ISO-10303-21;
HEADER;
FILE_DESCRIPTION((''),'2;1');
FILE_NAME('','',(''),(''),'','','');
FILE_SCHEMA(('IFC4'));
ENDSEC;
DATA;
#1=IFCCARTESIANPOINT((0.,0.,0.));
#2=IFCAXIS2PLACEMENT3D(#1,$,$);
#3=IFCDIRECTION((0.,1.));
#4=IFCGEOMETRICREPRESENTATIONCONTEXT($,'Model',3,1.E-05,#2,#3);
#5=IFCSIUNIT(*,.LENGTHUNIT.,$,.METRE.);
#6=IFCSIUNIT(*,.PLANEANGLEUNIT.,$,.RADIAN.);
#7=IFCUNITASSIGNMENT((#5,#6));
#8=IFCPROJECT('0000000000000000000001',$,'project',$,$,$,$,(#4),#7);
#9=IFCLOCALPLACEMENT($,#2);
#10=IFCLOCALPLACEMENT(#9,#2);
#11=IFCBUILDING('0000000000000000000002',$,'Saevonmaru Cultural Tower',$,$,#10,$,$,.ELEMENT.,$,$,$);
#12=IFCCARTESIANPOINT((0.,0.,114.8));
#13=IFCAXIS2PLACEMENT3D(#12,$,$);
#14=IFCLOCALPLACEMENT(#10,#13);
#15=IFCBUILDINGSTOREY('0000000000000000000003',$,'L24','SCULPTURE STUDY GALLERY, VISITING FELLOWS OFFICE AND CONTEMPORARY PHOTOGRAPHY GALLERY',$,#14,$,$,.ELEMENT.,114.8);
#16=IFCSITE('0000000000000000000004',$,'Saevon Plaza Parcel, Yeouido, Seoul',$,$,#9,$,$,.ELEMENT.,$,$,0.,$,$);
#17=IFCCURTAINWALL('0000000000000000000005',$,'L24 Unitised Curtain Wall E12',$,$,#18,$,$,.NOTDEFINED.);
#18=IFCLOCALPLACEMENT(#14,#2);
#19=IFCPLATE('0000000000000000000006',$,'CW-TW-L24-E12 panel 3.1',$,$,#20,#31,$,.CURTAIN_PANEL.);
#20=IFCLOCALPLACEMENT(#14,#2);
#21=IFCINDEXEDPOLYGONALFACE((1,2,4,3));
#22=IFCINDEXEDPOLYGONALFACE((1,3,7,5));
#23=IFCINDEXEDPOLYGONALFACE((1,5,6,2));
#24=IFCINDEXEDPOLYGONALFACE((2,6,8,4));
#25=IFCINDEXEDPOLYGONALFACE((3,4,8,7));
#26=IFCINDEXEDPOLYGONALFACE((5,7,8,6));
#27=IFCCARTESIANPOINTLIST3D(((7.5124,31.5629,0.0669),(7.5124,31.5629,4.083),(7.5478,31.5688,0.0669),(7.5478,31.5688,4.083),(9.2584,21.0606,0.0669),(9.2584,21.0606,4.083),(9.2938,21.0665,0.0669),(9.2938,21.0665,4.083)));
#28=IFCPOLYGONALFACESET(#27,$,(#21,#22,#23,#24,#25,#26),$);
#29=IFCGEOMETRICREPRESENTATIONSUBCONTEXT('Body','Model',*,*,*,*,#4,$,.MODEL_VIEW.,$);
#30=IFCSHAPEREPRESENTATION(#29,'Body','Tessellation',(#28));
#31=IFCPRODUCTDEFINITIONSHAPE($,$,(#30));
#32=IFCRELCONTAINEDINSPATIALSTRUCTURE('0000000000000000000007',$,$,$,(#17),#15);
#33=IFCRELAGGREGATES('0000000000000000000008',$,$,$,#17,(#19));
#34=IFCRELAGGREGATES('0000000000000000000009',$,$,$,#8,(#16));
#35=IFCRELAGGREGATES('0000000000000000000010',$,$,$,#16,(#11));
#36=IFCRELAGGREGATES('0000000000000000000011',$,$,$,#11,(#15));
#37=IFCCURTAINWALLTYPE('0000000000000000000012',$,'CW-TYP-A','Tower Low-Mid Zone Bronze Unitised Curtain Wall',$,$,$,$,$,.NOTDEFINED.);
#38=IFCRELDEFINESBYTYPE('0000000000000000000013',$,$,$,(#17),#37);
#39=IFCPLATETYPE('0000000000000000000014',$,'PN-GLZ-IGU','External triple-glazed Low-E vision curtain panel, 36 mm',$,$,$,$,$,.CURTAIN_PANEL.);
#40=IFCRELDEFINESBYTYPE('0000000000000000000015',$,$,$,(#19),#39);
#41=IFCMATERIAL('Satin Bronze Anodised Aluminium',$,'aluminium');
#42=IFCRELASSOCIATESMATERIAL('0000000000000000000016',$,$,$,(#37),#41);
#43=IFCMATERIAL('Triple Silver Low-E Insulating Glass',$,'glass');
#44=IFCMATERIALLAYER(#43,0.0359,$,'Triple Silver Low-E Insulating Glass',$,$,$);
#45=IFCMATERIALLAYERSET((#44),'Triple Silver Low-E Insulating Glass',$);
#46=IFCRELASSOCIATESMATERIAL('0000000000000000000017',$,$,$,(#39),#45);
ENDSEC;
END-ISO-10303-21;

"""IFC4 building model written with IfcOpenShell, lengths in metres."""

from ifc_helpers import new_model, si_unit, direction, frame, origin, origin_2d, place, context, subcontext, project, spatial, rectangle, extrude, material, layer, layer_set, type_object, element, aggregate, save


model = new_model("IFC4")

# Units and contexts
model_context = context("Model", 3, precision=1e-05, world=origin(), true_north=direction((0.0, 1.0)))
body_context = subcontext(model_context, "Body", "Model", "MODEL_VIEW")
ifc_project = project(units=[si_unit("LENGTHUNIT", "METRE"), si_unit("PLANEANGLEUNIT", "RADIAN")], contexts=[model_context])

# Site, building, storey
site_placement = place(None, origin())
site = spatial("IfcSite", under=ifc_project, at=site_placement, Name="Saevon Plaza Parcel, Yeouido, Seoul", CompositionType="ELEMENT", RefElevation=0.0)
building_placement = place(site_placement, origin())
building = spatial("IfcBuilding", under=site, at=building_placement, Name="Saevonmaru Cultural Tower", CompositionType="ELEMENT")
storey_placement = place(building_placement, frame((0.0, 0.0, 114.8)))
storey = spatial("IfcBuildingStorey", under=building, at=storey_placement, Name="L24", Description="SCULPTURE STUDY GALLERY, VISITING FELLOWS OFFICE AND CONTEMPORARY PHOTOGRAPHY GALLERY", CompositionType="ELEMENT", Elevation=114.8)

# Curtain wall
ifc_material_1 = material(Name="Satin Bronze Anodised Aluminium", Category="aluminium")
curtain_wall_type_1 = type_object("IfcCurtainWallType", Name="CW-TYP-A", Description="Tower Low-Mid Zone Bronze Unitised Curtain Wall", PredefinedType="NOTDEFINED", material=ifc_material_1)
curtain_wall_1_placement = place(storey_placement, origin())
curtain_wall_1 = element("IfcCurtainWall", 1, at=curtain_wall_1_placement, inside=storey, type_object=curtain_wall_type_1, Name="L24 Unitised Curtain Wall E12", PredefinedType="NOTDEFINED")

# Plate
ifc_material_2 = material(Name="Triple Silver Low-E Insulating Glass", Category="glass")
ifc_layer_1 = layer(ifc_material_2, 0.0359, Name="Triple Silver Low-E Insulating Glass")
ifc_layer_set_1 = layer_set([ifc_layer_1], Name="Triple Silver Low-E Insulating Glass")
plate_type_1 = type_object("IfcPlateType", Name="PN-GLZ-IGU", Description="External triple-glazed Low-E vision curtain panel, 36 mm", PredefinedType="CURTAIN_PANEL", material=ifc_layer_set_1)
plate_1_placement = place(storey_placement, frame((8.4031, 26.3147, 0.0669), z_axis=(0.0, 0.0, 1.0), x_axis=(0.163999, -0.986461, 0.0)))
plate_1 = element("IfcPlate", 2, at=plate_1_placement, type_object=plate_type_1, Name="CW-TW-L24-E12 panel 3.1", PredefinedType="CURTAIN_PANEL", context=body_context, shape_type="SweptSolid", body=[
    extrude(rectangle(XDim=10.6465, YDim=0.0359, at=origin_2d()), origin(), (0.0, 0.0, 1.0), 4.0161),
])
aggregate(curtain_wall_1, [plate_1])

save(model, "model.ifc")
